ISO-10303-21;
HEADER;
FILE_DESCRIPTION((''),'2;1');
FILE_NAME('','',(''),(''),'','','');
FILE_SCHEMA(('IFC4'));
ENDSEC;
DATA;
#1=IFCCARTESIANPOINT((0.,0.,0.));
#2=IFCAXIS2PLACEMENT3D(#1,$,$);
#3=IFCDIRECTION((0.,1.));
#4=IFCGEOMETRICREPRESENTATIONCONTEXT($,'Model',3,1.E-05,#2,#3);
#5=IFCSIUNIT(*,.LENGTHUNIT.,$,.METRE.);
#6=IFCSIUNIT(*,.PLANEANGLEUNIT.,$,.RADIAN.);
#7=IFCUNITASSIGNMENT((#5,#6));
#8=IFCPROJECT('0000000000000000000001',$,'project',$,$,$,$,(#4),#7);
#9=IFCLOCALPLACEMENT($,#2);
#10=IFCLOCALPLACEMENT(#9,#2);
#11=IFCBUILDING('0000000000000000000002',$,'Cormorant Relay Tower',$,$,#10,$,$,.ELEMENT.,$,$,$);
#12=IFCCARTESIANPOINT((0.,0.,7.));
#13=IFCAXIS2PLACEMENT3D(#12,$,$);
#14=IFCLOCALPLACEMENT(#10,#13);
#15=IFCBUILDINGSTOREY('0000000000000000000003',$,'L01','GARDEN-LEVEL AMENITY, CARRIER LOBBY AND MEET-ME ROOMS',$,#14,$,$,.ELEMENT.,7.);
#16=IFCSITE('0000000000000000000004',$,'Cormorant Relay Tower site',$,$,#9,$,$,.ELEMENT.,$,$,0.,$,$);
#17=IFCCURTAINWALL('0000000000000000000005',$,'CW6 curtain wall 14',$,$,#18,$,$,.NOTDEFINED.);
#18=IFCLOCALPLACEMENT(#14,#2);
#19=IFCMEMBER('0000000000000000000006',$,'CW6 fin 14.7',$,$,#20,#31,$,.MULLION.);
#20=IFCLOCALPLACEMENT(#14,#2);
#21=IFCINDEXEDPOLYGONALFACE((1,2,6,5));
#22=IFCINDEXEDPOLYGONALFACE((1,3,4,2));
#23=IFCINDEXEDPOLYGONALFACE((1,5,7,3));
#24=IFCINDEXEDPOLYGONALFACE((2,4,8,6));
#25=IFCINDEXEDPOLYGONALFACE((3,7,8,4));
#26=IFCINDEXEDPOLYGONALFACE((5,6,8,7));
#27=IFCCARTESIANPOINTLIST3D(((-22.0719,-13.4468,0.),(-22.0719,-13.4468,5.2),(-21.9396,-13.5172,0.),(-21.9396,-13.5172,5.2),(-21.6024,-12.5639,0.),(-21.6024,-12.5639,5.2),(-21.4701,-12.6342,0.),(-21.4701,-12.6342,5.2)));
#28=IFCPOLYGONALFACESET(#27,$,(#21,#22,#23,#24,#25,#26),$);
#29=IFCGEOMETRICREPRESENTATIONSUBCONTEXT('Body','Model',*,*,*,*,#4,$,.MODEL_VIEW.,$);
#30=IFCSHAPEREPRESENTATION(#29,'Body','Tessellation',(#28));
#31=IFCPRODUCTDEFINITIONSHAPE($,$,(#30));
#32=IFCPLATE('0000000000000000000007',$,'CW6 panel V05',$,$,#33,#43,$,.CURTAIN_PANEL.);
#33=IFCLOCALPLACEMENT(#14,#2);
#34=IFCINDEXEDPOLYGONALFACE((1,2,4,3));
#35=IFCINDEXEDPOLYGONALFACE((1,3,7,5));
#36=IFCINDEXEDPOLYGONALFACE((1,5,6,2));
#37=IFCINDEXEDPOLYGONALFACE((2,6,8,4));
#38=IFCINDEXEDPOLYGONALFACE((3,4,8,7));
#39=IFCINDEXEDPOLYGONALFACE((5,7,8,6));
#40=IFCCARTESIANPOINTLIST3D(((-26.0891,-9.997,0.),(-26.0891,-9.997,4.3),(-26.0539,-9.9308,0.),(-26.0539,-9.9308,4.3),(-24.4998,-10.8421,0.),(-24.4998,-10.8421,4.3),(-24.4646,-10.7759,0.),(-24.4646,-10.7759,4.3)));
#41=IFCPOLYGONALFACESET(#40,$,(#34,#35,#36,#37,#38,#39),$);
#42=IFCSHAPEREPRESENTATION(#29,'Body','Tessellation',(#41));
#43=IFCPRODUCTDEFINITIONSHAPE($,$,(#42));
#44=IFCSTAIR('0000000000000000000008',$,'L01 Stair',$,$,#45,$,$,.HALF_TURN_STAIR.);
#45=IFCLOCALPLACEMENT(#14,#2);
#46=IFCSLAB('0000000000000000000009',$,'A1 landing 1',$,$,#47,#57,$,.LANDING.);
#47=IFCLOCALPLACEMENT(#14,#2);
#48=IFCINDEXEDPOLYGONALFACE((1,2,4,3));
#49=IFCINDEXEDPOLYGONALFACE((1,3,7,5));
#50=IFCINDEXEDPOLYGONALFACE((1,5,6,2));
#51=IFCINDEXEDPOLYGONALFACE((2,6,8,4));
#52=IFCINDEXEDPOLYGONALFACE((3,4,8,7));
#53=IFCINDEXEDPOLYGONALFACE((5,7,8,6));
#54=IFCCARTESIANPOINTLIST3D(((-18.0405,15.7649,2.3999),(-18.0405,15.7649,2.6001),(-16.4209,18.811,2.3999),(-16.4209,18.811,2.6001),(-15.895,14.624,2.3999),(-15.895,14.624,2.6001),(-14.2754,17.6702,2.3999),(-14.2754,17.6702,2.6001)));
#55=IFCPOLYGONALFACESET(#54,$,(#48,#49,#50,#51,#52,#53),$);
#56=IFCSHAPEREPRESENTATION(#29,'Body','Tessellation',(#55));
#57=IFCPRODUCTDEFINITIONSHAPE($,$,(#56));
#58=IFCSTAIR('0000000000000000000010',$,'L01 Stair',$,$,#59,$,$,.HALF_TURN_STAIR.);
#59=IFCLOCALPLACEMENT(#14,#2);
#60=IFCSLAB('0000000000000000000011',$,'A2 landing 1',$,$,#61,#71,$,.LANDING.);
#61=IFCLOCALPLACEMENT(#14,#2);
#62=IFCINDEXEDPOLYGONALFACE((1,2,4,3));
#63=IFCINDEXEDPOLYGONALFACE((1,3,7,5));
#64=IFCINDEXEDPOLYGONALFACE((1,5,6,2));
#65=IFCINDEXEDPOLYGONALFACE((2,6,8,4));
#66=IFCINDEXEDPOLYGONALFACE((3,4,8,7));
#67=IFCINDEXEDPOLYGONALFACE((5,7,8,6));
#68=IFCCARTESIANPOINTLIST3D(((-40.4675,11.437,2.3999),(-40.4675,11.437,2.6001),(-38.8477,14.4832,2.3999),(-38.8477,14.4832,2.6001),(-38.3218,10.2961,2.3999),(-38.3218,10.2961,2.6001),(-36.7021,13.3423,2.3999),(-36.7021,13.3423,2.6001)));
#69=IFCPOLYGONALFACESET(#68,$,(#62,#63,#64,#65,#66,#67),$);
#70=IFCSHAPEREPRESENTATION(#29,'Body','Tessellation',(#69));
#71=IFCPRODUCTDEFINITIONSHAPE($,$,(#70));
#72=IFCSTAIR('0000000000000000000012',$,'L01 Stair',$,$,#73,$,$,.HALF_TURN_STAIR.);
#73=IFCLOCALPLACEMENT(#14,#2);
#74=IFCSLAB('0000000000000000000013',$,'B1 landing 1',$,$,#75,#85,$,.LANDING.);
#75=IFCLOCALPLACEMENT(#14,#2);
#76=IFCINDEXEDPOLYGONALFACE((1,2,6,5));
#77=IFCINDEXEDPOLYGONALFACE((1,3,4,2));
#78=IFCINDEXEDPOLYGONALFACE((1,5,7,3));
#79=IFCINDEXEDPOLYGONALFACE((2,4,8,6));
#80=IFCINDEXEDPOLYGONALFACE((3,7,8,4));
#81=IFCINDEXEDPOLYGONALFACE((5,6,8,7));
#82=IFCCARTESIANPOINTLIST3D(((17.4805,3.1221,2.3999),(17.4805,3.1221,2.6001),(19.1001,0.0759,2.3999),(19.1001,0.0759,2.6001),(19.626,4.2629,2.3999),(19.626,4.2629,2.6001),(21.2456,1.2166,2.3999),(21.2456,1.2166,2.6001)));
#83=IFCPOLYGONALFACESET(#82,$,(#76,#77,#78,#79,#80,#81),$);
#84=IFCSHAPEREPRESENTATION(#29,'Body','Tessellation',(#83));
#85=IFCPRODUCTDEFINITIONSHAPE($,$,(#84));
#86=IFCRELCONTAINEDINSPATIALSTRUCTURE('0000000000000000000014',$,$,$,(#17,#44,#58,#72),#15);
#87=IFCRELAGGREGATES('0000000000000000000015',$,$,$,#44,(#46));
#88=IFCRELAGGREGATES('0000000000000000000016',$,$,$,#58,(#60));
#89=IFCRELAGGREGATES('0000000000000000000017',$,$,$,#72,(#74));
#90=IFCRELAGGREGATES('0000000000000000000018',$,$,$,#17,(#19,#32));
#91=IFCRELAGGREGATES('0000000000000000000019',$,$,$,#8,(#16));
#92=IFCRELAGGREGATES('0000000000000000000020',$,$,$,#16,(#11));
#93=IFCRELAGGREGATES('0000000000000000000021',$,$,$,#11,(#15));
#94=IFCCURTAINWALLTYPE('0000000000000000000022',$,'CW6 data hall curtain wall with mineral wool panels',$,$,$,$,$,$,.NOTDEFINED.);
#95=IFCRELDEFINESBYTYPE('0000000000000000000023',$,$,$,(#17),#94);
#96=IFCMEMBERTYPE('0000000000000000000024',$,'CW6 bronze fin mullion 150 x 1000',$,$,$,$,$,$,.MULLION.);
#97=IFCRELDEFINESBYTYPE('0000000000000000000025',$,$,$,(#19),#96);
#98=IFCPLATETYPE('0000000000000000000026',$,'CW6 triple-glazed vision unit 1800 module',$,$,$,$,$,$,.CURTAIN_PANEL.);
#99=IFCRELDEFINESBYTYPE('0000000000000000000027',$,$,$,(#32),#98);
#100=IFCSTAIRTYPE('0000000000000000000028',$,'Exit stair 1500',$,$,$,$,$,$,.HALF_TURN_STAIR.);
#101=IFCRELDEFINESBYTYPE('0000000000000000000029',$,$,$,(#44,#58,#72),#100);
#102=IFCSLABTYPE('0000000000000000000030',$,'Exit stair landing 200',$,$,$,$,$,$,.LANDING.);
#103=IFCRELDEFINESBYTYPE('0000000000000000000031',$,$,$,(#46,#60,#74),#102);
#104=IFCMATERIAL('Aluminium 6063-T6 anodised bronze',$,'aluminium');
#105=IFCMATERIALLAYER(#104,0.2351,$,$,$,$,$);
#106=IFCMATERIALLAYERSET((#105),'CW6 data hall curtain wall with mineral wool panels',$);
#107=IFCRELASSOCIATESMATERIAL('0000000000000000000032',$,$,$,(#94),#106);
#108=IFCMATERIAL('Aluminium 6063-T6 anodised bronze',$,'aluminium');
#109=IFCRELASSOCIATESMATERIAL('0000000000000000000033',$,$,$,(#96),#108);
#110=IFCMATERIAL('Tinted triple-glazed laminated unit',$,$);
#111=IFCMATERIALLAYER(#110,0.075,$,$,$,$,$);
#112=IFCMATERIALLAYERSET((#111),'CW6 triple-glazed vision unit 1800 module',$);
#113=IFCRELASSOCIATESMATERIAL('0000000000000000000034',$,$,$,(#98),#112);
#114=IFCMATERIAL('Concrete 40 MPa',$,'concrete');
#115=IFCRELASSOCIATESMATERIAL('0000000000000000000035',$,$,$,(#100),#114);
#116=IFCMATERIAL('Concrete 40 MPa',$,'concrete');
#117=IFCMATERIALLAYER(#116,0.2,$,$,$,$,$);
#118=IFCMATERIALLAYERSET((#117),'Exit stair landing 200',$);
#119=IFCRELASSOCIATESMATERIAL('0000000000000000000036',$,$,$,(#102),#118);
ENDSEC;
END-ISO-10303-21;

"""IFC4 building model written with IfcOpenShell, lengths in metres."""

from ifc_helpers import new_model, si_unit, direction, frame, origin, origin_2d, place, context, subcontext, project, spatial, polyline, rectangle, outline, extrude, material, layer, layer_set, material_profile, profile_set, type_object, element, aggregate, save


model = new_model("IFC4")

# Units and contexts
model_context = context("Model", 3, precision=1e-05, world=origin(), true_north=direction((0.0, 1.0)))
body_context = subcontext(model_context, "Body", "Model", "MODEL_VIEW")
ifc_project = project(units=[si_unit("LENGTHUNIT", "METRE"), si_unit("PLANEANGLEUNIT", "RADIAN")], contexts=[model_context])

# Site, building, storey
site_placement = place(None, origin())
site = spatial("IfcSite", under=ifc_project, at=site_placement, Name="Cormorant Relay Tower site", CompositionType="ELEMENT", RefElevation=0.0)
building_placement = place(site_placement, origin())
building = spatial("IfcBuilding", under=site, at=building_placement, Name="Cormorant Relay Tower", CompositionType="ELEMENT")
storey_placement = place(building_placement, frame((0.0, 0.0, 7.0)))
storey = spatial("IfcBuildingStorey", under=building, at=storey_placement, Name="L01", Description="GARDEN-LEVEL AMENITY, CARRIER LOBBY AND MEET-ME ROOMS", CompositionType="ELEMENT", Elevation=7.0)

# Curtain wall, member, plate
ifc_material_1 = material(Name="Aluminium 6063-T6 anodised bronze", Category="aluminium")
ifc_layer_1 = layer(ifc_material_1, 0.2351)
ifc_layer_set_1 = layer_set([ifc_layer_1], Name="CW6 data hall curtain wall with mineral wool panels")
curtain_wall_type = type_object("IfcCurtainWallType", Name="CW6 data hall curtain wall with mineral wool panels", PredefinedType="NOTDEFINED", material=ifc_layer_set_1)
curtain_wall_placement = place(storey_placement, origin())
curtain_wall = element("IfcCurtainWall", 1, at=curtain_wall_placement, inside=storey, type_object=curtain_wall_type, Name="CW6 curtain wall 14", PredefinedType="NOTDEFINED")
ifc_material_2 = material(Name="Aluminium 6063-T6 anodised bronze", Category="aluminium")
ifc_material_profile_1 = material_profile(ifc_material_2, rectangle(XDim=0.1499, YDim=1.0, at=origin_2d()), Name="AL 150x1000")
ifc_profile_set_1 = profile_set([ifc_material_profile_1], Name="Aluminium 6063-T6 anodised bronze")
member_type = type_object("IfcMemberType", Name="CW6 bronze fin mullion 150 x 1000", PredefinedType="MULLION", material=ifc_profile_set_1)
member_placement = place(storey_placement, frame((-21.771, -13.0405, 0.0), z_axis=(0.0, 0.0, 1.0), x_axis=(0.882948, -0.469472, 0.0)))
member = element("IfcMember", 2, at=member_placement, type_object=member_type, Name="CW6 fin 14.7", PredefinedType="MULLION", context=body_context, shape_type="SweptSolid", body=[
    extrude(rectangle(XDim=0.1499, YDim=1.0, at=origin_2d()), origin(), (0.0, 0.0, 1.0), 5.2),
])
ifc_material_3 = material(Name="Tinted triple-glazed laminated unit")
ifc_layer_2 = layer(ifc_material_3, 0.075)
ifc_layer_set_2 = layer_set([ifc_layer_2], Name="CW6 triple-glazed vision unit 1800 module")
plate_type = type_object("IfcPlateType", Name="CW6 triple-glazed vision unit 1800 module", PredefinedType="CURTAIN_PANEL", material=ifc_layer_set_2)
plate_placement = place(storey_placement, frame((-25.2769, -10.3865, 0.0), z_axis=(0.0, 0.0, 1.0), x_axis=(0.882948, -0.469472, 0.0)))
plate = element("IfcPlate", 3, at=plate_placement, type_object=plate_type, Name="CW6 panel V05", PredefinedType="CURTAIN_PANEL", context=body_context, shape_type="SweptSolid", body=[
    extrude(rectangle(XDim=1.8, YDim=0.075, at=origin_2d()), origin(), (0.0, 0.0, 1.0), 4.3),
])

# Stairs, slabs
ifc_material_4 = material(Name="Concrete 40 MPa", Category="concrete")
stair_type = type_object("IfcStairType", Name="Exit stair 1500", PredefinedType="HALF_TURN_STAIR", material=ifc_material_4)
stair_1_placement = place(storey_placement, origin())
stair_1 = element("IfcStair", 4, at=stair_1_placement, inside=storey, type_object=stair_type, Name="L01 Stair", PredefinedType="HALF_TURN_STAIR")
ifc_material_5 = material(Name="Concrete 40 MPa", Category="concrete")
ifc_layer_3 = layer(ifc_material_5, 0.2)
ifc_layer_set_3 = layer_set([ifc_layer_3], Name="Exit stair landing 200")
slab_type_1 = type_object("IfcSlabType", Name="Exit stair landing 200", PredefinedType="LANDING", material=ifc_layer_set_3)
slab_1_placement = place(storey_placement, frame((0.0, 0.0, 2.3999)))
slab_1 = element("IfcSlab", 5, at=slab_1_placement, type_object=slab_type_1, Name="A1 landing 1", PredefinedType="LANDING", context=body_context, shape_type="SweptSolid", body=[
    extrude(outline(polyline([(-18.0405, 15.7649), (-15.895, 14.624), (-14.2754, 17.6702), (-16.4209, 18.811), (-18.0405, 15.7649)])), origin(), (0.0, 0.0, 1.0), 0.2002),
])
aggregate(stair_1, [slab_1])
stair_2_placement = place(storey_placement, origin())
stair_2 = element("IfcStair", 6, at=stair_2_placement, inside=storey, type_object=stair_type, Name="L01 Stair", PredefinedType="HALF_TURN_STAIR")
slab_2_placement = place(storey_placement, frame((0.0, 0.0, 2.3999)))
slab_2 = element("IfcSlab", 7, at=slab_2_placement, type_object=slab_type_1, Name="A2 landing 1", PredefinedType="LANDING", context=body_context, shape_type="SweptSolid", body=[
    extrude(outline(polyline([(-36.7021, 13.3423), (-38.8477, 14.4832), (-40.4675, 11.437), (-38.3218, 10.2961), (-36.7021, 13.3423)])), origin(), (0.0, 0.0, 1.0), 0.2002),
])
aggregate(stair_2, [slab_2])
stair_3_placement = place(storey_placement, origin())
stair_3 = element("IfcStair", 8, at=stair_3_placement, inside=storey, type_object=stair_type, Name="L01 Stair", PredefinedType="HALF_TURN_STAIR")
slab_3_placement = place(storey_placement, frame((0.0, 0.0, 2.3999)))
slab_3 = element("IfcSlab", 9, at=slab_3_placement, type_object=slab_type_1, Name="B1 landing 1", PredefinedType="LANDING", context=body_context, shape_type="SweptSolid", body=[
    extrude(outline(polyline([(19.626, 4.2629), (17.4805, 3.1221), (19.1001, 0.0759), (21.2456, 1.2166), (19.626, 4.2629)])), origin(), (0.0, 0.0, 1.0), 0.2002),
])
aggregate(stair_3, [slab_3])

aggregate(curtain_wall, [member, plate])

save(model, "model.ifc")
